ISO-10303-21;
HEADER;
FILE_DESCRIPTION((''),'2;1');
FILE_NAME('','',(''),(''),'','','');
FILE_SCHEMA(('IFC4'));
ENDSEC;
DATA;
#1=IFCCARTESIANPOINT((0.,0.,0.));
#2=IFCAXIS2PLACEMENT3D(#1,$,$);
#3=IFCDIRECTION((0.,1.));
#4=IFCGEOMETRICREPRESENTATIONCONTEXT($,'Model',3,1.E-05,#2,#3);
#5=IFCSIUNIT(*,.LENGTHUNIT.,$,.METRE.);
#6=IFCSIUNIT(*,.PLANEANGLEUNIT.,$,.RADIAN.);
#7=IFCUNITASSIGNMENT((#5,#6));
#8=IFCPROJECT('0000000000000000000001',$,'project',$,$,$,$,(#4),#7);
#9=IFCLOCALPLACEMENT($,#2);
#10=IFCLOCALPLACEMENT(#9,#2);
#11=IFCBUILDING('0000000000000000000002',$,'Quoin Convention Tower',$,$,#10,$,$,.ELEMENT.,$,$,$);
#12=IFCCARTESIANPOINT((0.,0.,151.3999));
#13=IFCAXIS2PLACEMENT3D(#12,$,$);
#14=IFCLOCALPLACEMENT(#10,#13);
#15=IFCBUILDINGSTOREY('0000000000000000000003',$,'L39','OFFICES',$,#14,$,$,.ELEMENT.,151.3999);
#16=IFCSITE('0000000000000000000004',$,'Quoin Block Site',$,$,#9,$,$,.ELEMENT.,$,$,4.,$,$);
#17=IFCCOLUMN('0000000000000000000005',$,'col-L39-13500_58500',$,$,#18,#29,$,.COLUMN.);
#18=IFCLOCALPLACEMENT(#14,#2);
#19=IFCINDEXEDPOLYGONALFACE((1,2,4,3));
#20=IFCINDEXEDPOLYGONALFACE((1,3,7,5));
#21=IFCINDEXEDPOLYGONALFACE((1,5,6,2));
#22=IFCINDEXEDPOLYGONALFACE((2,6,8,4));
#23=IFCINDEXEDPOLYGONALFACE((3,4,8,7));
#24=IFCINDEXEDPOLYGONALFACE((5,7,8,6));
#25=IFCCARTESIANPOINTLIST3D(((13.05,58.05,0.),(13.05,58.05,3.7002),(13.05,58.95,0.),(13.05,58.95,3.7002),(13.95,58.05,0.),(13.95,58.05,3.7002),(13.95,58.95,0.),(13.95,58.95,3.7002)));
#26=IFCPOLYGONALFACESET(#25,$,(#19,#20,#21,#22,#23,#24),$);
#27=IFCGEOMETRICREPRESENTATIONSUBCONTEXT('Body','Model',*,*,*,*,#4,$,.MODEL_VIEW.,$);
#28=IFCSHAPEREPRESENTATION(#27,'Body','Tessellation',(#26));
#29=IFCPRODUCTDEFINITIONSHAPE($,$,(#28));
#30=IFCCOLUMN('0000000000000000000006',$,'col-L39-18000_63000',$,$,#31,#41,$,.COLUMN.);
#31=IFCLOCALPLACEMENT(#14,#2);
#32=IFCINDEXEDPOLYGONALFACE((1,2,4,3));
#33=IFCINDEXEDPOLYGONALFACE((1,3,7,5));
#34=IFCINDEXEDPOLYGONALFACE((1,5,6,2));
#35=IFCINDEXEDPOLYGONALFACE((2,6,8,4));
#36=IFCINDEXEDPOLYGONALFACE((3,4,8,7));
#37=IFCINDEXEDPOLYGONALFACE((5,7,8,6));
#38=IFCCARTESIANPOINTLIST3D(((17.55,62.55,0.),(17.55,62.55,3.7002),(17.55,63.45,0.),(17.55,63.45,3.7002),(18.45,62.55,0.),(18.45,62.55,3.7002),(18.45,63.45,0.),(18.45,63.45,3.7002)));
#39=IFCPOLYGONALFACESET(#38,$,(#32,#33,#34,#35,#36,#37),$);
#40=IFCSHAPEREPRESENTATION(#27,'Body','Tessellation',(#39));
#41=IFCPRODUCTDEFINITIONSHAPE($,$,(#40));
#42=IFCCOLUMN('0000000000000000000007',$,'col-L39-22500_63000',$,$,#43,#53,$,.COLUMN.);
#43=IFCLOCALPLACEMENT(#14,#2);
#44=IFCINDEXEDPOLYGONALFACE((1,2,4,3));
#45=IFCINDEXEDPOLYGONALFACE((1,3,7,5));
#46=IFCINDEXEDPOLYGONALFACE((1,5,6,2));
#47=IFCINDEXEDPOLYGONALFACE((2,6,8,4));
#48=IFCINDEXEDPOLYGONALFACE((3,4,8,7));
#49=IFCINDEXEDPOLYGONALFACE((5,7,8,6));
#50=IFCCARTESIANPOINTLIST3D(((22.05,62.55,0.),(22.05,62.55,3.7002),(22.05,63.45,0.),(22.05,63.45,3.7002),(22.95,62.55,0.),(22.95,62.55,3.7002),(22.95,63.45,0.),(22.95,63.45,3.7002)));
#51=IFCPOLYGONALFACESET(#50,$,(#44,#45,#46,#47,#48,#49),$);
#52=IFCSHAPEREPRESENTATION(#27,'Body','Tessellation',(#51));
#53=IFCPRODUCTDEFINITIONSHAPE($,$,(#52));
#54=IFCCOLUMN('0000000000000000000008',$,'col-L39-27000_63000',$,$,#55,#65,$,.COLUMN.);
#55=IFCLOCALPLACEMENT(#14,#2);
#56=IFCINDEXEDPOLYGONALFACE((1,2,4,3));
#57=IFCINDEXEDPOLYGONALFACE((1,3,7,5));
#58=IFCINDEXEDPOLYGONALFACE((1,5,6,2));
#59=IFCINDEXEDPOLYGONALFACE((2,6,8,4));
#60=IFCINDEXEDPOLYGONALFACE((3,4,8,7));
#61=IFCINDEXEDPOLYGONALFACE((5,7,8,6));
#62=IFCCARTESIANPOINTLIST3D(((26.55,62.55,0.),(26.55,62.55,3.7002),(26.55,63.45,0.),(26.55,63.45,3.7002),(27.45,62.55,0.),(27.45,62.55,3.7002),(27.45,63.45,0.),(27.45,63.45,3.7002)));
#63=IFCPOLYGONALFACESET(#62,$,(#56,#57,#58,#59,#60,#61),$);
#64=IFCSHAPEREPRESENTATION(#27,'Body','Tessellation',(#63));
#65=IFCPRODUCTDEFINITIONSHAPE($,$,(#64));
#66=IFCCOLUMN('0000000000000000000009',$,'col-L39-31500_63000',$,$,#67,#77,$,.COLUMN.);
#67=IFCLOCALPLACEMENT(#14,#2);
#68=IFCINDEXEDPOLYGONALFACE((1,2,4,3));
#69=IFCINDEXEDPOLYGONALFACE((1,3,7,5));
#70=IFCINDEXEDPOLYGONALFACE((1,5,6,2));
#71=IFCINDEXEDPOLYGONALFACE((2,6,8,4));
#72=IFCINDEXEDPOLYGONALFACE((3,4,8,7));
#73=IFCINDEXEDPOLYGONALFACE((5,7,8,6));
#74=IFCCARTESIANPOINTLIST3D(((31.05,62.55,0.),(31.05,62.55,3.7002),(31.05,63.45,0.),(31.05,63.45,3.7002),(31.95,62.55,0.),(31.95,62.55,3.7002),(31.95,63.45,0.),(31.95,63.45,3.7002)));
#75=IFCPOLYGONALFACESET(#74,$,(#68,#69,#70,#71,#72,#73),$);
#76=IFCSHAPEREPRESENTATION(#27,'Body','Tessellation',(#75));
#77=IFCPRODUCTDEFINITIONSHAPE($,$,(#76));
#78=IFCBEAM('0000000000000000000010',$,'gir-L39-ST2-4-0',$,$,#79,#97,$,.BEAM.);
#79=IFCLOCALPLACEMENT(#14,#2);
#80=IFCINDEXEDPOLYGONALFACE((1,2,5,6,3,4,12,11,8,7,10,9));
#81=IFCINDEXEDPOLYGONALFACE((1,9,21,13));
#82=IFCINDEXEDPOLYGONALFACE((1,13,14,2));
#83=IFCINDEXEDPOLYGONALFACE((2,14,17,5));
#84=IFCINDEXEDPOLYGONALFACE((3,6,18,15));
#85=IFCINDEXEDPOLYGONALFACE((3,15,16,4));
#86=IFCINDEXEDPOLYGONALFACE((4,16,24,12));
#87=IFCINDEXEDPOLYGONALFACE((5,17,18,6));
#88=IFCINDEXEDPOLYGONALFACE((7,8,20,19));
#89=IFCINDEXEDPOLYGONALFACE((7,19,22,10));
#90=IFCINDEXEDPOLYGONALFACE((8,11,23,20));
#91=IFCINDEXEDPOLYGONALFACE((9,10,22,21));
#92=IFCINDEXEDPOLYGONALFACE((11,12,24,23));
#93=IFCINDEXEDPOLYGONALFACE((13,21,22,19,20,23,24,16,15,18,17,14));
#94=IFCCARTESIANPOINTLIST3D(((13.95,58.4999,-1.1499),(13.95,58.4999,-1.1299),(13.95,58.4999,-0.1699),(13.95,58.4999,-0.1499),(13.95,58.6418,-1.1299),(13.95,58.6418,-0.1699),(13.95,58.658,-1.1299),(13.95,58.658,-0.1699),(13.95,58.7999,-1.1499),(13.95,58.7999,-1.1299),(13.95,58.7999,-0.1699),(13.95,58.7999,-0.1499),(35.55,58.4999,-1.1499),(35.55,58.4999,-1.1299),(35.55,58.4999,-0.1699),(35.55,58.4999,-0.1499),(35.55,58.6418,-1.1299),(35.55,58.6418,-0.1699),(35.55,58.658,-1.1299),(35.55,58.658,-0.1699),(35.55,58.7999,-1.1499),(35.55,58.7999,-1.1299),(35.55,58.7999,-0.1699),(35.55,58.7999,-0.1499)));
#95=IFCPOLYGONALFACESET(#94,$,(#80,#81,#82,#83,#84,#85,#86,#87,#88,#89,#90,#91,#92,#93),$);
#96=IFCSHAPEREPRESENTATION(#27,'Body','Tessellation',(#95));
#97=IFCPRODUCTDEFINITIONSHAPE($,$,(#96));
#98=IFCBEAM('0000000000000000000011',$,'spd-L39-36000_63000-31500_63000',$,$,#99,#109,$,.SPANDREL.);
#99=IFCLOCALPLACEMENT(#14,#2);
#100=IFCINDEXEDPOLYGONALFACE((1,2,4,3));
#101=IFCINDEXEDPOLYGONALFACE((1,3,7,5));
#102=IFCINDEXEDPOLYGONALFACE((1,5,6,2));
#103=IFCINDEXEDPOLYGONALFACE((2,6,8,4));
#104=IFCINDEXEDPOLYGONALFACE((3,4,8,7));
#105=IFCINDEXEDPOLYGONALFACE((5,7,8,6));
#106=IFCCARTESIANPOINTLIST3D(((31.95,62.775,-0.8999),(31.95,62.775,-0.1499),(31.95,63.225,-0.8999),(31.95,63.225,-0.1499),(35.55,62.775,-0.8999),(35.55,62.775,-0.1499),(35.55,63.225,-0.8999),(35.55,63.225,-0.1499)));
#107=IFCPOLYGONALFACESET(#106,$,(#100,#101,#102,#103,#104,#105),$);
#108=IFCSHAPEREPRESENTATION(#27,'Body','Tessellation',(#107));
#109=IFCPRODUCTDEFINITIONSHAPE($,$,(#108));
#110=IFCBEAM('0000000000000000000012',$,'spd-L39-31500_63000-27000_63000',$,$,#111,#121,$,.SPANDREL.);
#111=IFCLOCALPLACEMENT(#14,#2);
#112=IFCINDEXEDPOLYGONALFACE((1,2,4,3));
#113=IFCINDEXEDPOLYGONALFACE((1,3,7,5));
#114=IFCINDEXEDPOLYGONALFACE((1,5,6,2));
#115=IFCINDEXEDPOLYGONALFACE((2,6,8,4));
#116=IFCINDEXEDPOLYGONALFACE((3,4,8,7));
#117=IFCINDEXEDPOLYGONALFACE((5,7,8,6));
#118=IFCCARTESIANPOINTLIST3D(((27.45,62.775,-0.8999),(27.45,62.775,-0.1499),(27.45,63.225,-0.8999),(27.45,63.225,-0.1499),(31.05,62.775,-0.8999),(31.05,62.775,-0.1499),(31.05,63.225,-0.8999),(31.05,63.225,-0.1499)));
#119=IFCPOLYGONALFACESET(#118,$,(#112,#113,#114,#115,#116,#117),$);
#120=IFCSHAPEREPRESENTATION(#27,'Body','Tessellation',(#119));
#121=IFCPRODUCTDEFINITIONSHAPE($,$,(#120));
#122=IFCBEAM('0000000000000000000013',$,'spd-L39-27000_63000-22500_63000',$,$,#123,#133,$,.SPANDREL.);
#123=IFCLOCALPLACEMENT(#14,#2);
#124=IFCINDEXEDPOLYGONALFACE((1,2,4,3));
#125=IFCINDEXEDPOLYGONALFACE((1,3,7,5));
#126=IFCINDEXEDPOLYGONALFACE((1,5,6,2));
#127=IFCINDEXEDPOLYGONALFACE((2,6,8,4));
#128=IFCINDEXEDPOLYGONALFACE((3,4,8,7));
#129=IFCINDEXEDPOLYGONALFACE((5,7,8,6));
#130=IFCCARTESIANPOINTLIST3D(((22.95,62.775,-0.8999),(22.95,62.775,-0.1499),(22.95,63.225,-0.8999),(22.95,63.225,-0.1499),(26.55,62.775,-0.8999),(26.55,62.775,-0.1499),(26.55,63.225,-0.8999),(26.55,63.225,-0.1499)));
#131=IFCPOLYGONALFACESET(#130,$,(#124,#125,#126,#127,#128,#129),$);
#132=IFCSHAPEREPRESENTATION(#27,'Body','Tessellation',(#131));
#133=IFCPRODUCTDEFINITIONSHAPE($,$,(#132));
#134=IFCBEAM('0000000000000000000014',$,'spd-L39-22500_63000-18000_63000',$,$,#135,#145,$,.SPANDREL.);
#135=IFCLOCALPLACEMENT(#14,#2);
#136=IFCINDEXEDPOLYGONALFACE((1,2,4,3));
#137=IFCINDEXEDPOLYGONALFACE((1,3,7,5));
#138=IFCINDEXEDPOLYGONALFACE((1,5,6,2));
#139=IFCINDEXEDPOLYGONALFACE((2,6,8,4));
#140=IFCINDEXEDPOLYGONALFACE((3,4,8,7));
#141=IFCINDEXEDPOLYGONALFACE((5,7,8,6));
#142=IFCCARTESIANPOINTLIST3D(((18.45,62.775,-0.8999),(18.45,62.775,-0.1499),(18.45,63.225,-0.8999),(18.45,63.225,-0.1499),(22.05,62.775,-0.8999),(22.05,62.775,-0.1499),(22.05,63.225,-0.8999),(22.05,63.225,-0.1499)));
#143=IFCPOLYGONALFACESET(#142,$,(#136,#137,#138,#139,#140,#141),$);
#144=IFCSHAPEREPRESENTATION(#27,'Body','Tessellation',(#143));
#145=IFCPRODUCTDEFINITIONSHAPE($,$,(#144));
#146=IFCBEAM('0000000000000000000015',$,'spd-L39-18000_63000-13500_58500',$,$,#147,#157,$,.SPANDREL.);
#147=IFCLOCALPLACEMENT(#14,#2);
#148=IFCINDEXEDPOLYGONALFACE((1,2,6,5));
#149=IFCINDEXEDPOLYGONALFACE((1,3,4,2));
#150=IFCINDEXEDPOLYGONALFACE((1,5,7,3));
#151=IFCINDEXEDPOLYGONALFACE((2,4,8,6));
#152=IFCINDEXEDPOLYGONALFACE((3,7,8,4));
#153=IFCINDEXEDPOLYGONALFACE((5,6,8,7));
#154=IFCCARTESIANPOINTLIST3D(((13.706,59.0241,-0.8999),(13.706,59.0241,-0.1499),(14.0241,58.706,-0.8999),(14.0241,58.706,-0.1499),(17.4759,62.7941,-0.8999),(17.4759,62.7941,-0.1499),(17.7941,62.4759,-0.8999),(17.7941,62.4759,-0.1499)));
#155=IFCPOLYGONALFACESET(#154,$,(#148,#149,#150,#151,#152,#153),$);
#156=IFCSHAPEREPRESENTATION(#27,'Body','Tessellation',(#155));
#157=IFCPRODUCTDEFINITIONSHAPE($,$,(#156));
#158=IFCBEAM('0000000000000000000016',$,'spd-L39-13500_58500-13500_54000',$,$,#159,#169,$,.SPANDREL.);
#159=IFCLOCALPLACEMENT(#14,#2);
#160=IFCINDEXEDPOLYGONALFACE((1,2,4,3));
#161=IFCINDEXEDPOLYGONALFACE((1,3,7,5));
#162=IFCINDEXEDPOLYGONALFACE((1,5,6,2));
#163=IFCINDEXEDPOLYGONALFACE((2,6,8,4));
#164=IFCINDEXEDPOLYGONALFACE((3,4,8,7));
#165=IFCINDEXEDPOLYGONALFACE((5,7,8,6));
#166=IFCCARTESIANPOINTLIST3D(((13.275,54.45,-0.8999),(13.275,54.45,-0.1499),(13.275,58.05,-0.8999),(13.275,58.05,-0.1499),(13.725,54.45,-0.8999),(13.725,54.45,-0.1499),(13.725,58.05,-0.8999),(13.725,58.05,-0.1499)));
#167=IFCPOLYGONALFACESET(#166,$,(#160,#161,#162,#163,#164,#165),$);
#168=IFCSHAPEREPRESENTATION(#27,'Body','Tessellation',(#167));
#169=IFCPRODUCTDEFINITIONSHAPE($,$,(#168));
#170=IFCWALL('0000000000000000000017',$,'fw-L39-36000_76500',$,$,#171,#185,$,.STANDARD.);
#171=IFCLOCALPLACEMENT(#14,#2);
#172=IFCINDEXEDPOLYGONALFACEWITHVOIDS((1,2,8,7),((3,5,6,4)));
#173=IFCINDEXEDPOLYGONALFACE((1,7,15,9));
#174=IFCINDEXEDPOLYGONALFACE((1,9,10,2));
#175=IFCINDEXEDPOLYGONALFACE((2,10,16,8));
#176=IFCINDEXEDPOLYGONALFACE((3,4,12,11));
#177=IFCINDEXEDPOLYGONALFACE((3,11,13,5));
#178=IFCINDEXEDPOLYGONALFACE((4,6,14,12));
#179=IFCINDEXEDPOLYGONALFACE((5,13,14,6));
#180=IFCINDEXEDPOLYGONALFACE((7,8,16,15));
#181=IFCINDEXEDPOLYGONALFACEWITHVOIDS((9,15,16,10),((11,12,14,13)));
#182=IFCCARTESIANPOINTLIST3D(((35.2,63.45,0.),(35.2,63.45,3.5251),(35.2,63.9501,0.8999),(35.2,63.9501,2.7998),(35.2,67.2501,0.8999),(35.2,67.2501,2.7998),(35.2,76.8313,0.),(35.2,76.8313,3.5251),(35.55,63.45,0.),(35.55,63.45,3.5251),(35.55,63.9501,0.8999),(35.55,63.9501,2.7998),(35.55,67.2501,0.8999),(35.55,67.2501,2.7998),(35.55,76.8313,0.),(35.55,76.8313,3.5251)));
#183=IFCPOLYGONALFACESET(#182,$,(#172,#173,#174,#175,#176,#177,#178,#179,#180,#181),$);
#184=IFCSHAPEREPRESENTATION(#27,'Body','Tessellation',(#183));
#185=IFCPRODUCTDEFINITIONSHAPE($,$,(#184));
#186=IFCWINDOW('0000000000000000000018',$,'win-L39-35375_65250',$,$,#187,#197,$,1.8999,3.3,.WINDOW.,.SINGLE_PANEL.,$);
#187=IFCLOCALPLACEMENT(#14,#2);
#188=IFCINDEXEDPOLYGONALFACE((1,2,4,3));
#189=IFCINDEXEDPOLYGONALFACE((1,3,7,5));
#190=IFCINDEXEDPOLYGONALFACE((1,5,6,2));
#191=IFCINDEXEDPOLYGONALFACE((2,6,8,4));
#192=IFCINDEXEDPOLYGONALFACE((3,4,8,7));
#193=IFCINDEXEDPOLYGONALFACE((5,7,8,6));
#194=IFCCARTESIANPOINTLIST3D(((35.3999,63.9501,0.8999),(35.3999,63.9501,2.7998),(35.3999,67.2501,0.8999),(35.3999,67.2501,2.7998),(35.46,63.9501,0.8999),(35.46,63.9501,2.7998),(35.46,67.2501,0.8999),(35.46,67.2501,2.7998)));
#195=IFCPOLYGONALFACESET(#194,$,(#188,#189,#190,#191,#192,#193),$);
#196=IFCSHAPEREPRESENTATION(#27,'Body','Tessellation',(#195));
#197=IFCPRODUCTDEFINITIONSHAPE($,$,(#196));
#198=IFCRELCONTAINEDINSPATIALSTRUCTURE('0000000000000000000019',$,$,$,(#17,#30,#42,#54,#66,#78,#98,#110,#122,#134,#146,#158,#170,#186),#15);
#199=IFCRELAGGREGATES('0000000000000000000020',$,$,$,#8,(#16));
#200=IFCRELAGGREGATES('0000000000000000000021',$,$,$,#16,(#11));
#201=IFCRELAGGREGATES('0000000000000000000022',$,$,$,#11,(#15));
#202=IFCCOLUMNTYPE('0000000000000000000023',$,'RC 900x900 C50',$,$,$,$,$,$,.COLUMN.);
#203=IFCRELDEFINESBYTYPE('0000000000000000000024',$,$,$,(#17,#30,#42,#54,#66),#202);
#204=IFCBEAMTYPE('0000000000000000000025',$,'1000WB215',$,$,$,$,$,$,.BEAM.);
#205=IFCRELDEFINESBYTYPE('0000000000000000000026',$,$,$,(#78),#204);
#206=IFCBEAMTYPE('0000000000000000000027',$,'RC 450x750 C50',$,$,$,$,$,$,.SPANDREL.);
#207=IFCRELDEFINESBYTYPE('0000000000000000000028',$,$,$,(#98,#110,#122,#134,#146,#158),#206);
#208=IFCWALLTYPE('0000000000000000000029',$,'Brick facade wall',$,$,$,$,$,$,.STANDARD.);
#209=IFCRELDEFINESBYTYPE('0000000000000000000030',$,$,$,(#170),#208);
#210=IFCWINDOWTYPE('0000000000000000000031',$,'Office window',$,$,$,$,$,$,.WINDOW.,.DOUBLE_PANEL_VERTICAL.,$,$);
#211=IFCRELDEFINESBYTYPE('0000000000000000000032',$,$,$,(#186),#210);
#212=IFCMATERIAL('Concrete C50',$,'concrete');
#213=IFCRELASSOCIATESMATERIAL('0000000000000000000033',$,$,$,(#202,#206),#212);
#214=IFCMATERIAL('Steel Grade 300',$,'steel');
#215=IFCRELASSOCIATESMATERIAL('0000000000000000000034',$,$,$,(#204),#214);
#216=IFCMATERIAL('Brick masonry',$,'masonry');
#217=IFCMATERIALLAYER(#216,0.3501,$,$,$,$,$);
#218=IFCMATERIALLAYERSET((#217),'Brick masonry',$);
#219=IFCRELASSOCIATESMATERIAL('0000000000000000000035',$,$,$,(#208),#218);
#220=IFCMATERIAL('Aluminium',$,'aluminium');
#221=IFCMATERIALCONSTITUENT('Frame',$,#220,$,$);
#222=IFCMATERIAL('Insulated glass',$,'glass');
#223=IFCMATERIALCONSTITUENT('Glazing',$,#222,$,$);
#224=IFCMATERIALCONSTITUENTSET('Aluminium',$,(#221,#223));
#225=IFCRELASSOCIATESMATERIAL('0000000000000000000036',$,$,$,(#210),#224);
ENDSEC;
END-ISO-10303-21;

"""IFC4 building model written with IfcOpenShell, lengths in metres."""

from ifc_helpers import new_model, si_unit, direction, frame, frame_2d, origin, origin_2d, place, context, subcontext, project, spatial, rectangle, i_section, extrude, material, layer, layer_set, constituent, constituent_set, material_profile, profile_set, type_object, element, fill, save


model = new_model("IFC4")

# Units and contexts
model_context = context("Model", 3, precision=1e-05, world=origin(), true_north=direction((0.0, 1.0)))
body_context = subcontext(model_context, "Body", "Model", "MODEL_VIEW")
ifc_project = project(units=[si_unit("LENGTHUNIT", "METRE"), si_unit("PLANEANGLEUNIT", "RADIAN")], contexts=[model_context])

# Site, building, storey
site_placement = place(None, origin())
site = spatial("IfcSite", under=ifc_project, at=site_placement, Name="Quoin Block Site", CompositionType="ELEMENT", RefElevation=4.0)
building_placement = place(site_placement, origin())
building = spatial("IfcBuilding", under=site, at=building_placement, Name="Quoin Convention Tower", CompositionType="ELEMENT")
storey_placement = place(building_placement, frame((0.0, 0.0, 151.3999)))
storey = spatial("IfcBuildingStorey", under=building, at=storey_placement, Name="L39", Description="OFFICES", CompositionType="ELEMENT", Elevation=151.3999)

# Columns
ifc_material_1 = material(Name="Concrete C50", Category="concrete")
ifc_material_profile_1 = material_profile(ifc_material_1, rectangle(XDim=0.8999, YDim=0.8999, at=origin_2d()), Name="RC 900x900")
ifc_profile_set_1 = profile_set([ifc_material_profile_1], Name="Concrete C50")
column_type = type_object("IfcColumnType", Name="RC 900x900 C50", PredefinedType="COLUMN", material=ifc_profile_set_1)
for number, where, z_axis, x_axis, name in (
    (1, (13.5, 58.5, 0.0), (0.0, 0.0, 1.0), (1.0, 0.0, 0.0), "col-L39-13500_58500"),
    (2, (18.0, 63.0, 0.0), (0.0, 0.0, 1.0), (1.0, 0.0, 0.0), "col-L39-18000_63000"),
    (3, (22.5, 63.0, 0.0), (0.0, 0.0, 1.0), (1.0, 0.0, 0.0), "col-L39-22500_63000"),
    (4, (27.0, 63.0, 0.0), (0.0, 0.0, 1.0), (1.0, 0.0, 0.0), "col-L39-27000_63000"),
    (5, (31.5, 63.0, 0.0), (0.0, 0.0, 1.0), (1.0, 0.0, 0.0), "col-L39-31500_63000"),
):
    element("IfcColumn", number, at=place(storey_placement, frame(where, z_axis=z_axis, x_axis=x_axis)), inside=storey, type_object=column_type, Name=name, PredefinedType="COLUMN", context=body_context, shape_type="SweptSolid", body=[
        extrude(rectangle(XDim=0.8999, YDim=0.8999, at=origin_2d()), origin(), (0.0, 0.0, 1.0), 3.7002),
    ])

# Beams
ifc_material_2 = material(Name="Steel Grade 300", Category="steel")
ifc_material_profile_2 = material_profile(ifc_material_2, i_section(OverallWidth=0.3, OverallDepth=1.0, WebThickness=0.0161, FlangeThickness=0.02, at=origin_2d()), Name="1000WB215")
ifc_profile_set_2 = profile_set([ifc_material_profile_2], Name="Steel Grade 300")
beam_type_1 = type_object("IfcBeamType", Name="1000WB215", PredefinedType="BEAM", material=ifc_profile_set_2)
beam_1_placement = place(storey_placement, frame((13.95, 58.6499, -0.6499), z_axis=(1.0, 0.0, 0.0), x_axis=(0.0, 1.0, 0.0)))
element("IfcBeam", 6, at=beam_1_placement, inside=storey, type_object=beam_type_1, Name="gir-L39-ST2-4-0", PredefinedType="BEAM", context=body_context, shape_type="SweptSolid", body=[
    extrude(i_section(OverallWidth=0.3, OverallDepth=1.0, WebThickness=0.0161, FlangeThickness=0.02, at=origin_2d()), origin(), (0.0, 0.0, 1.0), 21.6001),
])
ifc_material_profile_3 = material_profile(ifc_material_1, rectangle(XDim=0.45, YDim=0.75, at=origin_2d()), Name="RC 450x750")
ifc_profile_set_3 = profile_set([ifc_material_profile_3], Name="Concrete C50")
beam_type_2 = type_object("IfcBeamType", Name="RC 450x750 C50", PredefinedType="SPANDREL", material=ifc_profile_set_3)
for number, where, z_axis, x_axis, name in (
    (7, (35.55, 63.0, -0.5249), (-1.0, 0.0, 0.0), (0.0, -1.0, 0.0), "spd-L39-36000_63000-31500_63000"),
    (8, (31.05, 63.0, -0.5249), (-1.0, 0.0, 0.0), (0.0, -1.0, 0.0), "spd-L39-31500_63000-27000_63000"),
    (9, (26.55, 63.0, -0.5249), (-1.0, 0.0, 0.0), (0.0, -1.0, 0.0), "spd-L39-27000_63000-22500_63000"),
    (10, (22.05, 63.0, -0.5249), (-1.0, 0.0, 0.0), (0.0, -1.0, 0.0), "spd-L39-22500_63000-18000_63000"),
):
    element("IfcBeam", number, at=place(storey_placement, frame(where, z_axis=z_axis, x_axis=x_axis)), inside=storey, type_object=beam_type_2, Name=name, PredefinedType="SPANDREL", context=body_context, shape_type="SweptSolid", body=[
        extrude(rectangle(XDim=0.45, YDim=0.75, at=origin_2d()), origin(), (0.0, 0.0, 1.0), 3.6001),
    ])
beam_2_placement = place(storey_placement, frame((17.635, 62.635, -0.5249), z_axis=(-0.707107, -0.707107, 0.0), x_axis=(0.707107, -0.707107, 0.0)))
element("IfcBeam", 11, at=beam_2_placement, inside=storey, type_object=beam_type_2, Name="spd-L39-18000_63000-13500_58500", PredefinedType="SPANDREL", context=body_context, shape_type="SweptSolid", body=[
    extrude(rectangle(XDim=0.45, YDim=0.75, at=origin_2d()), origin(), (0.0, 0.0, 1.0), 5.3315),
])
beam_3_placement = place(storey_placement, frame((13.5, 58.05, -0.5249), z_axis=(0.0, -1.0, 0.0), x_axis=(1.0, 0.0, 0.0)))
element("IfcBeam", 12, at=beam_3_placement, inside=storey, type_object=beam_type_2, Name="spd-L39-13500_58500-13500_54000", PredefinedType="SPANDREL", context=body_context, shape_type="SweptSolid", body=[
    extrude(rectangle(XDim=0.45, YDim=0.75, at=origin_2d()), origin(), (0.0, 0.0, 1.0), 3.6001),
])

# Wall, opening, window
ifc_material_3 = material(Name="Brick masonry", Category="masonry")
ifc_layer_1 = layer(ifc_material_3, 0.3501)
ifc_layer_set_1 = layer_set([ifc_layer_1], Name="Brick masonry")
wall_type_1 = type_object("IfcWallType", Name="Brick facade wall", PredefinedType="STANDARD", material=ifc_layer_set_1)
wall_1_placement = place(storey_placement, frame((35.375, 76.8313, 0.0), z_axis=(0.0, 0.0, 1.0), x_axis=(0.0, -1.0, 0.0)))
wall_1 = element("IfcWall", 13, at=wall_1_placement, inside=storey, type_object=wall_type_1, Name="fw-L39-36000_76500", PredefinedType="STANDARD", context=body_context, shape_type="SweptSolid", body=[
    extrude(rectangle(XDim=13.3813, YDim=0.3501, at=frame_2d((6.6907, 0.0))), origin(), (0.0, 0.0, 1.0), 3.5251),
])
opening_1_placement = place(wall_1_placement, frame((9.5813, 0.0, 0.8999)))
opening_1 = element("IfcOpeningElement", 14, at=opening_1_placement, cuts=wall_1, PredefinedType="OPENING", context=body_context, shape_type="SweptSolid", body=[
    extrude(rectangle(XDim=3.3, YDim=1.8999, at=frame_2d((1.6499, 0.95))), frame((0.0, 0.1851, 0.0), z_axis=(0.0, -1.0, 0.0), x_axis=(1.0, 0.0, 0.0)), (0.0, 0.0, 1.0), 0.3701),
])
ifc_material_4 = material(Name="Aluminium", Category="aluminium")
ifc_constituent_1 = constituent(ifc_material_4, Name="Frame")
ifc_material_5 = material(Name="Insulated glass", Category="glass")
ifc_constituent_2 = constituent(ifc_material_5, Name="Glazing")
ifc_constituent_set = constituent_set(constituents=[ifc_constituent_1, ifc_constituent_2], Name="Aluminium")
window_type = type_object("IfcWindowType", Name="Office window", PartitioningType="DOUBLE_PANEL_VERTICAL", PredefinedType="WINDOW", material=ifc_constituent_set)
window_1_placement = place(opening_1_placement, origin())
window_1 = element("IfcWindow", 15, at=window_1_placement, inside=storey, type_object=window_type, Name="win-L39-35375_65250", OverallHeight=1.8999, OverallWidth=3.3, PartitioningType="SINGLE_PANEL", PredefinedType="WINDOW", context=body_context, shape_type="SweptSolid", body=[
    extrude(rectangle(XDim=3.3, YDim=1.8999, at=frame_2d((1.6499, 0.95))), frame((0.0, 0.085, 0.0), z_axis=(0.0, -1.0, 0.0), x_axis=(1.0, 0.0, 0.0)), (0.0, 0.0, 1.0), 0.0601),
])
fill(opening_1, window_1)

save(model, "model.ifc")
